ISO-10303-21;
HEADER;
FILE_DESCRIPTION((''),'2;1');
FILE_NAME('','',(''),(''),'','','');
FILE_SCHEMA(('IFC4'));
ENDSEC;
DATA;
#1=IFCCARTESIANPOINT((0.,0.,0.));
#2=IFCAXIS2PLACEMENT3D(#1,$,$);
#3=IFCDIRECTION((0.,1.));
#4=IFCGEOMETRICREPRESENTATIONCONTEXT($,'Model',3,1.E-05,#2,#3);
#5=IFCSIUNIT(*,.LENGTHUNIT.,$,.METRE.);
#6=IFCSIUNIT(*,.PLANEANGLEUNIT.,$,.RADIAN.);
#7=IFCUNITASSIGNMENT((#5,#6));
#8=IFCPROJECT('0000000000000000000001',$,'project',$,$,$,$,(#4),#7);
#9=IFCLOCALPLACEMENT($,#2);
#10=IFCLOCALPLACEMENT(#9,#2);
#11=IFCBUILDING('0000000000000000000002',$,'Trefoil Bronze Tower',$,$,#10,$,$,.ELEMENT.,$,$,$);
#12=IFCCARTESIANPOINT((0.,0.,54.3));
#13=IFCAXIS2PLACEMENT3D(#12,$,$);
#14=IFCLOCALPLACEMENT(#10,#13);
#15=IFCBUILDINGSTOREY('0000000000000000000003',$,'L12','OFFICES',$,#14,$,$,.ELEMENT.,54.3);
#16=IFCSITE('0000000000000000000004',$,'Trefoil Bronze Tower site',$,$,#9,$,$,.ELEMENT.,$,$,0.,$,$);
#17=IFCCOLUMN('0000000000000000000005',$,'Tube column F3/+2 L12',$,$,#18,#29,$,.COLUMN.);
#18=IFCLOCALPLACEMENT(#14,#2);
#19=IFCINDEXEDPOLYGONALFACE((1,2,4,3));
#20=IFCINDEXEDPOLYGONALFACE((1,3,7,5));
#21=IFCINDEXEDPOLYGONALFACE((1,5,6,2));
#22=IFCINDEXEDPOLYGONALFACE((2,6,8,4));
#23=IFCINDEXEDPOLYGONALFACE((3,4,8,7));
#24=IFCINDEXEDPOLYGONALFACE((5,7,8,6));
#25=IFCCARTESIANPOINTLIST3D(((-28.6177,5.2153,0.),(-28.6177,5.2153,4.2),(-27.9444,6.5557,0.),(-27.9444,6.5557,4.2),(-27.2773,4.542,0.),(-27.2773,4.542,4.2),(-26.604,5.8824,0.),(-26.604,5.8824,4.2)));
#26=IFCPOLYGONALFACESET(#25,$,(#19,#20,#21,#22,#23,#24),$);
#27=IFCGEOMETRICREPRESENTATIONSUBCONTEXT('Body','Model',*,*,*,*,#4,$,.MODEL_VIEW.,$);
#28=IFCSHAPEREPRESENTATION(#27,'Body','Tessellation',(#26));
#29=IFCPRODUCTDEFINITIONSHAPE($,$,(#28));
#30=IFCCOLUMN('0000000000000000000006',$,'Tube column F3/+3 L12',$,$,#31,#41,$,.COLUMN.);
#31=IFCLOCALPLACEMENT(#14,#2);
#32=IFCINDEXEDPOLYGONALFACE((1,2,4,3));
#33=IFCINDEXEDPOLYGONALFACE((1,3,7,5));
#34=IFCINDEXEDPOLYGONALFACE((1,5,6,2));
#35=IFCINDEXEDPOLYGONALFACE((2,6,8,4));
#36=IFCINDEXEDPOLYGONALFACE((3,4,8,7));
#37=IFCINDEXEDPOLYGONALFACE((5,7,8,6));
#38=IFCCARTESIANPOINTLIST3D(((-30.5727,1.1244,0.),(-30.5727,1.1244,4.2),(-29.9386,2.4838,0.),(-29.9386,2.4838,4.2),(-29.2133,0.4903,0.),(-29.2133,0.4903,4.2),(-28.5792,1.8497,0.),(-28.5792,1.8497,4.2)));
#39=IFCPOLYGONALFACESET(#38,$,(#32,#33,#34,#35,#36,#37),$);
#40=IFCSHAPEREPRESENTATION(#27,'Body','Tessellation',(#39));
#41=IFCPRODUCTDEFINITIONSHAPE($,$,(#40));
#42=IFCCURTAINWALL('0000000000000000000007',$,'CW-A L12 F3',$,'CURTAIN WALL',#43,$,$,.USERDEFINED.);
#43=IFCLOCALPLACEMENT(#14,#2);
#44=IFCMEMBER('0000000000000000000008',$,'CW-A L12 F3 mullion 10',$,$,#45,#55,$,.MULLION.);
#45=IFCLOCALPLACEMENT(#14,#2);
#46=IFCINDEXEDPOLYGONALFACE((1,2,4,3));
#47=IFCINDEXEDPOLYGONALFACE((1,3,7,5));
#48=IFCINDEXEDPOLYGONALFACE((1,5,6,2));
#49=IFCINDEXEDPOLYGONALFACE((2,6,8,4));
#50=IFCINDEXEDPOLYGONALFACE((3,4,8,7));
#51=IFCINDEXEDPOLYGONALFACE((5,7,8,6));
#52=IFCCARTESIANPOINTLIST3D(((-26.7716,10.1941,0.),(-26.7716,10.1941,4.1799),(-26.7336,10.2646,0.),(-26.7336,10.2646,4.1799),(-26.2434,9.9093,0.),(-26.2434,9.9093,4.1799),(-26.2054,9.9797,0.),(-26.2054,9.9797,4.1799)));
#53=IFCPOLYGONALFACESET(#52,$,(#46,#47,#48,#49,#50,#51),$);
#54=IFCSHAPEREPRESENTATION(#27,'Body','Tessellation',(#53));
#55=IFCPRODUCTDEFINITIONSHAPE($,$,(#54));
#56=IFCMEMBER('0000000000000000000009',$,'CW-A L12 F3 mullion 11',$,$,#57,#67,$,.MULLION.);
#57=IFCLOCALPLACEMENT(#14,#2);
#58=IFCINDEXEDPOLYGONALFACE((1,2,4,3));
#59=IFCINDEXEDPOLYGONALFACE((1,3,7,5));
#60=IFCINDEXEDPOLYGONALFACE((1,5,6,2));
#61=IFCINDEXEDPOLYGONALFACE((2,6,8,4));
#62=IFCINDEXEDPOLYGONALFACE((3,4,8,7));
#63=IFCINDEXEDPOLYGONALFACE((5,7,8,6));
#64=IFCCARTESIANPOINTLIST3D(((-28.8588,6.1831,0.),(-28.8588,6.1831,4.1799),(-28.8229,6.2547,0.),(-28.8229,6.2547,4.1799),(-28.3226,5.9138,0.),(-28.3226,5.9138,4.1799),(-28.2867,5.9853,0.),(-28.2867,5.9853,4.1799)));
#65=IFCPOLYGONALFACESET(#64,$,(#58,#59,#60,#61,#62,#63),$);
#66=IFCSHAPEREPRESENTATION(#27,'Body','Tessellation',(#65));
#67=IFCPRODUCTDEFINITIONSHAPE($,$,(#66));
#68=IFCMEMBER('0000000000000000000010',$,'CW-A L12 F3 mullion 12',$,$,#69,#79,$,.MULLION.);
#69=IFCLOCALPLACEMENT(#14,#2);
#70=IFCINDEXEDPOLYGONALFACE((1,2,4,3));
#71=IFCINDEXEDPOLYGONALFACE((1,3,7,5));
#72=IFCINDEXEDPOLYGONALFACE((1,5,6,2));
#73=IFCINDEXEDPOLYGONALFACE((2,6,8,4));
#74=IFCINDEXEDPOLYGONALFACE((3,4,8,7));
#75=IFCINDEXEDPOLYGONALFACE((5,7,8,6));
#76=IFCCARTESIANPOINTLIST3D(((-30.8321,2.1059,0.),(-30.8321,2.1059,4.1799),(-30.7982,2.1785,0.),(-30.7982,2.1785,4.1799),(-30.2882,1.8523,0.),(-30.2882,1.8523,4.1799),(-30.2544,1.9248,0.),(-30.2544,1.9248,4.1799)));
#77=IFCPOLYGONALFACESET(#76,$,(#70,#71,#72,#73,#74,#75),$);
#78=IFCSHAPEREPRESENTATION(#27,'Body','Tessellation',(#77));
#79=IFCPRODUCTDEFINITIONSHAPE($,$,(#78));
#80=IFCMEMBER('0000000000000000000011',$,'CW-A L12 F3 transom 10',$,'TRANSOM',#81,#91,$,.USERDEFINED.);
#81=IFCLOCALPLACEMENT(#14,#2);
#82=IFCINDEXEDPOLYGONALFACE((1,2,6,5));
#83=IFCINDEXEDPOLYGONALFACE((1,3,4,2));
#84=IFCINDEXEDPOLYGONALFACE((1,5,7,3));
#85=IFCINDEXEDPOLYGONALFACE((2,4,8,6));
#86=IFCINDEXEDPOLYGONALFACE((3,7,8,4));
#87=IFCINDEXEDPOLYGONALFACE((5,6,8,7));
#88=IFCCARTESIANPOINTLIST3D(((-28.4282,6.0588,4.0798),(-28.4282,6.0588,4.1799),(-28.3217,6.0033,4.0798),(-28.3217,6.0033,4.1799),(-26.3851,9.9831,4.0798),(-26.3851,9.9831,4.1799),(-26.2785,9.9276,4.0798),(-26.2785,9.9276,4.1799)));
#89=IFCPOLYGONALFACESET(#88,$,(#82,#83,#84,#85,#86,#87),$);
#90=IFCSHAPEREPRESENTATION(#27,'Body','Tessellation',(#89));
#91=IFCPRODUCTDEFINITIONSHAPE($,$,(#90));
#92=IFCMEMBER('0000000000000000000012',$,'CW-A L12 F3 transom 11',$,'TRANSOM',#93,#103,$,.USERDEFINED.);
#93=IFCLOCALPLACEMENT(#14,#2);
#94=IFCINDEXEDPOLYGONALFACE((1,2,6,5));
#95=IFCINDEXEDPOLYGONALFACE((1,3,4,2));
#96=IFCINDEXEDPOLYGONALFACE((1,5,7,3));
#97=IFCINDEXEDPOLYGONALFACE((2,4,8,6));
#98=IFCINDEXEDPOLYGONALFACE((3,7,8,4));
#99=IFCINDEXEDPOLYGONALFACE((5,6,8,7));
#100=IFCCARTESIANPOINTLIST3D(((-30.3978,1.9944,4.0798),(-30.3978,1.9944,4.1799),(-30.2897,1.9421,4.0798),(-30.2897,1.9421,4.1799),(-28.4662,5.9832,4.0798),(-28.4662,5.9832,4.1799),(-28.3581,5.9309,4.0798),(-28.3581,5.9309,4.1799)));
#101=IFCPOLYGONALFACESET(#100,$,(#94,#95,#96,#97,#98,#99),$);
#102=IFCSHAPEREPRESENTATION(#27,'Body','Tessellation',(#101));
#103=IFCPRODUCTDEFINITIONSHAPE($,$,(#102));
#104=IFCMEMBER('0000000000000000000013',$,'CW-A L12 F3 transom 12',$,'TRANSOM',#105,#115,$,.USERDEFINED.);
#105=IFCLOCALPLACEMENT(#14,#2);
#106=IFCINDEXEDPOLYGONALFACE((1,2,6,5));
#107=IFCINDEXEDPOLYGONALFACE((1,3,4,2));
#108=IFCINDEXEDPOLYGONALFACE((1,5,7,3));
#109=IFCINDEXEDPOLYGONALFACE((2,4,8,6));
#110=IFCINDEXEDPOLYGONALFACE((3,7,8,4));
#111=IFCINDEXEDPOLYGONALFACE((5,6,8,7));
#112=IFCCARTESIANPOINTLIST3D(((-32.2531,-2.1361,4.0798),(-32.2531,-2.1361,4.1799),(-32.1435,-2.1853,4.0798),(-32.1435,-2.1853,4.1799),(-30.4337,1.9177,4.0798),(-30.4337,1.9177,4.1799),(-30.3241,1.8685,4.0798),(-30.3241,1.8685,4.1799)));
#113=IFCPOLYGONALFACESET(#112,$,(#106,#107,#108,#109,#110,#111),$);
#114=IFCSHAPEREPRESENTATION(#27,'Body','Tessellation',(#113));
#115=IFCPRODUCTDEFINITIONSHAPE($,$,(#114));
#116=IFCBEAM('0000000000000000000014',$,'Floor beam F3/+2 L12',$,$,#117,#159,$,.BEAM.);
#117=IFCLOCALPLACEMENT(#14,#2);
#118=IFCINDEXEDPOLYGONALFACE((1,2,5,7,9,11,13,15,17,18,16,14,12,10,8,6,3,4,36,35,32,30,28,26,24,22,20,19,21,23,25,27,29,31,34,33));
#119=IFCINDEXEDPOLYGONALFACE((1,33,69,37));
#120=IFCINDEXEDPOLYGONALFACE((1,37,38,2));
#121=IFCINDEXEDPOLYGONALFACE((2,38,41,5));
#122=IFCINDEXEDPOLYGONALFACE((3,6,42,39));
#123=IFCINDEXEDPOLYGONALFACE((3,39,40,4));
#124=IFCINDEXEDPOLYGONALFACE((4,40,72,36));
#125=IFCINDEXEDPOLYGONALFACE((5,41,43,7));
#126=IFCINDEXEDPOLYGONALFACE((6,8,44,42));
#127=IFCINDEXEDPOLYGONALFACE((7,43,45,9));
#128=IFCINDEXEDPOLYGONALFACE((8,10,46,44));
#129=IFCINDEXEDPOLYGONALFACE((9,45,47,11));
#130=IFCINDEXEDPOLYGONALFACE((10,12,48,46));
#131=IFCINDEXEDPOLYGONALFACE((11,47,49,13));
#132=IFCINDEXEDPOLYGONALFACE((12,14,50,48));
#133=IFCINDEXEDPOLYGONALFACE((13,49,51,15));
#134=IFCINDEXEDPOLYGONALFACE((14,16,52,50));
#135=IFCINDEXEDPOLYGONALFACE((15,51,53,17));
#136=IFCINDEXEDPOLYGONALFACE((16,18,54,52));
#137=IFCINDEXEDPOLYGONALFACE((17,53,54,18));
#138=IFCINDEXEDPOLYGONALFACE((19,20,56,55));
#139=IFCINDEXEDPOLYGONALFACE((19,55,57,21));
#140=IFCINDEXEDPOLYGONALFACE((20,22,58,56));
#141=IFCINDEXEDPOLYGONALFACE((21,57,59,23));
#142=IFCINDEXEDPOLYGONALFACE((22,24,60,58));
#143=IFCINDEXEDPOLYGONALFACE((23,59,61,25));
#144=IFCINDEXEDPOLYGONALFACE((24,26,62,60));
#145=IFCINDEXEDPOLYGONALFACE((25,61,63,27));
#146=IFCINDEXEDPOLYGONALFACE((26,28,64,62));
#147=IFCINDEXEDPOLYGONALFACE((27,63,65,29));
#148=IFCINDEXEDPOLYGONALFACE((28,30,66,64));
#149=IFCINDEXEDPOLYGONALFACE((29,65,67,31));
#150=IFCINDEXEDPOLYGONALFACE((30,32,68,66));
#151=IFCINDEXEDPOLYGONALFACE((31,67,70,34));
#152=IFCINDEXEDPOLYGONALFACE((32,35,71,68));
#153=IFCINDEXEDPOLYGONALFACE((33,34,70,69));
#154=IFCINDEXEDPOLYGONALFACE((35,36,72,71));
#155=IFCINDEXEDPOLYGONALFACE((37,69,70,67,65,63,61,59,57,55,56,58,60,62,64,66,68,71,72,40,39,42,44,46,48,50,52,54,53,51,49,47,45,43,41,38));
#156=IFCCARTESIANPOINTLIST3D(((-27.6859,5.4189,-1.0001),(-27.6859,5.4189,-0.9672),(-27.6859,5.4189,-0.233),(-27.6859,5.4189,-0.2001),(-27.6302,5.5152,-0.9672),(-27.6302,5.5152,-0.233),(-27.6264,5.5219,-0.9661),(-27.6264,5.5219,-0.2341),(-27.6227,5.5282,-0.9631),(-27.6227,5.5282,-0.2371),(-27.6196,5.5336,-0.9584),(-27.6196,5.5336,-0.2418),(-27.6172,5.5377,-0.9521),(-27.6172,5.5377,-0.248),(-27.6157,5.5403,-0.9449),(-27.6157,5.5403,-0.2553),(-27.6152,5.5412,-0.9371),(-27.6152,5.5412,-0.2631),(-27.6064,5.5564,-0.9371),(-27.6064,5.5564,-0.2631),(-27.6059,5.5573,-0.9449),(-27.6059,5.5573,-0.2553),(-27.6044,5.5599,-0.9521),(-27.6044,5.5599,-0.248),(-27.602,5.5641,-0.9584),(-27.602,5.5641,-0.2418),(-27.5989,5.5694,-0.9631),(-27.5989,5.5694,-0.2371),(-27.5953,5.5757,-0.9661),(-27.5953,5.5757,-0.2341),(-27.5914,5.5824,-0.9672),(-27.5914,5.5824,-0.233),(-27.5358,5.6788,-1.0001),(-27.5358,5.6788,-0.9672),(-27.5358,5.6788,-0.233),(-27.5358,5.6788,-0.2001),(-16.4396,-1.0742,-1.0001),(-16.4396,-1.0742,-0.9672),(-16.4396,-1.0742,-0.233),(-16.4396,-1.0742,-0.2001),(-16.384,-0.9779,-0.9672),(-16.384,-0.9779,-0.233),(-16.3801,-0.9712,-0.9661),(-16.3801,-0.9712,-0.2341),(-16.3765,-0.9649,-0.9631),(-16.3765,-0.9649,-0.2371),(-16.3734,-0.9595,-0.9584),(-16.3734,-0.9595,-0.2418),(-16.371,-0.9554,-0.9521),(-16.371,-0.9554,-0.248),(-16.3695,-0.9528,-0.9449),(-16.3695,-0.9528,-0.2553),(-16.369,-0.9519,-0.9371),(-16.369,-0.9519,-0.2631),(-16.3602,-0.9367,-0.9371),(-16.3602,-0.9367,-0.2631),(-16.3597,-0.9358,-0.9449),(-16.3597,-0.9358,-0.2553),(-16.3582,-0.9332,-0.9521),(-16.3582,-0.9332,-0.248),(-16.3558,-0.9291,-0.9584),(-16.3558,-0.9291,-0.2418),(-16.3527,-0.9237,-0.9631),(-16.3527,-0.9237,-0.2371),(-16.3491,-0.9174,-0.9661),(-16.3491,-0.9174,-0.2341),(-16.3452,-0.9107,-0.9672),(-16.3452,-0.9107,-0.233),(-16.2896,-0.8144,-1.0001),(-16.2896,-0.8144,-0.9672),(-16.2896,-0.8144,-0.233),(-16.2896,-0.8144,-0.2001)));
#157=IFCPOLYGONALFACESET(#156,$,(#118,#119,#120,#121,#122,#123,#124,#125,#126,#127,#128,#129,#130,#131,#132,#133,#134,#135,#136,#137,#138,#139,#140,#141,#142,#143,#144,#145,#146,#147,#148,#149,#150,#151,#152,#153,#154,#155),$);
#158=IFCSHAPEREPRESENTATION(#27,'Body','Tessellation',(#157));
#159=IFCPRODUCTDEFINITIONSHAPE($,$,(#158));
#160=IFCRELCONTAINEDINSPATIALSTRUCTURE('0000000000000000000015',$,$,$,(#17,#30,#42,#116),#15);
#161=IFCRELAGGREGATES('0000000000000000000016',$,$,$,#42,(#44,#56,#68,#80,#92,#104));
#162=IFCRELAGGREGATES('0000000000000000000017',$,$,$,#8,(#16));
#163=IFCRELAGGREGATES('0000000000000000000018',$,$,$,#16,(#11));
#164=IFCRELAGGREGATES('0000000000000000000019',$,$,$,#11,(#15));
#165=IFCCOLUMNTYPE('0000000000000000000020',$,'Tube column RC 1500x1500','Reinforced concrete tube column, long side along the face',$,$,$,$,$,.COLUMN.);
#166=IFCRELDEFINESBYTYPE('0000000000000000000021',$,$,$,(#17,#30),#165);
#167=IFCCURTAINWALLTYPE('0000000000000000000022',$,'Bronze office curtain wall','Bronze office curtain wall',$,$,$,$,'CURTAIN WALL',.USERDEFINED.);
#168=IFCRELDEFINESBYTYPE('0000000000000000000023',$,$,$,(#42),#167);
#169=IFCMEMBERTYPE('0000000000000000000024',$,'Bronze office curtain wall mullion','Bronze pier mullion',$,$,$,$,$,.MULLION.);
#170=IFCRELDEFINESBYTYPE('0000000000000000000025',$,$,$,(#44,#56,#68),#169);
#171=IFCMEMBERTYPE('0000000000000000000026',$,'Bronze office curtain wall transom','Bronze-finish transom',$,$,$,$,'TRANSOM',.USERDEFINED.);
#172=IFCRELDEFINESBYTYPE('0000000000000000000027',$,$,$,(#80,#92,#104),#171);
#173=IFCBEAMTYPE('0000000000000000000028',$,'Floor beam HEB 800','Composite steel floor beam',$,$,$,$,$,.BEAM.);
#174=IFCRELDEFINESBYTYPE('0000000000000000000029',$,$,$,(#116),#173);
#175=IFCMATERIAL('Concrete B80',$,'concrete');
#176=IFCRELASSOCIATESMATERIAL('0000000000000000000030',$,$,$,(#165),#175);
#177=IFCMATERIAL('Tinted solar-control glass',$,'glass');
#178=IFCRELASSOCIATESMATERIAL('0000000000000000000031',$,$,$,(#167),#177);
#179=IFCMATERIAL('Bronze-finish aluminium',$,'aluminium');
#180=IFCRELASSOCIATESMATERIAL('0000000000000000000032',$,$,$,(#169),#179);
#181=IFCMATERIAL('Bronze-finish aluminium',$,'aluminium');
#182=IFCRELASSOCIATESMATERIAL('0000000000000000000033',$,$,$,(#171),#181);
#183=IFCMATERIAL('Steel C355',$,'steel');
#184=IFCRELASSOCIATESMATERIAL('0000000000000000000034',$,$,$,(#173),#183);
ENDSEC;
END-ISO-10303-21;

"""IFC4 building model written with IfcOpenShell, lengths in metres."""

from ifc_helpers import new_model, si_unit, direction, frame, origin, origin_2d, place, context, subcontext, project, spatial, rectangle, i_section, extrude, material, material_profile, profile_set, type_object, element, aggregate, save


model = new_model("IFC4")

# Units and contexts
model_context = context("Model", 3, precision=1e-05, world=origin(), true_north=direction((0.0, 1.0)))
body_context = subcontext(model_context, "Body", "Model", "MODEL_VIEW")
ifc_project = project(units=[si_unit("LENGTHUNIT", "METRE"), si_unit("PLANEANGLEUNIT", "RADIAN")], contexts=[model_context])

# Site, building, storey
site_placement = place(None, origin())
site = spatial("IfcSite", under=ifc_project, at=site_placement, Name="Trefoil Bronze Tower site", CompositionType="ELEMENT", RefElevation=0.0)
building_placement = place(site_placement, origin())
building = spatial("IfcBuilding", under=site, at=building_placement, Name="Trefoil Bronze Tower", CompositionType="ELEMENT")
storey_placement = place(building_placement, frame((0.0, 0.0, 54.3)))
storey = spatial("IfcBuildingStorey", under=building, at=storey_placement, Name="L12", Description="OFFICES", CompositionType="ELEMENT", Elevation=54.3)

# Columns
ifc_material_1 = material(Name="Concrete B80", Category="concrete")
ifc_material_profile_1 = material_profile(ifc_material_1, rectangle(XDim=1.5, YDim=1.5, at=origin_2d()), Name="RC 1500x1500")
ifc_profile_set_1 = profile_set([ifc_material_profile_1], Name="Concrete B80")
column_type = type_object("IfcColumnType", Name="Tube column RC 1500x1500", Description="Reinforced concrete tube column, long side along the face", PredefinedType="COLUMN", material=ifc_profile_set_1)
for number, where, z_axis, x_axis, name in (
    (1, (-27.6108, 5.5488, 0.0), (0.0, 0.0, 1.0), (-0.44889, -0.893587, 0.0), "Tube column F3/+2 L12"),
    (2, (-29.5759, 1.4871, 0.0), (0.0, 0.0, 1.0), (-0.422701, -0.906269, 0.0), "Tube column F3/+3 L12"),
):
    element("IfcColumn", number, at=place(storey_placement, frame(where, z_axis=z_axis, x_axis=x_axis)), inside=storey, type_object=column_type, Name=name, PredefinedType="COLUMN", context=body_context, shape_type="SweptSolid", body=[
        extrude(rectangle(XDim=1.5, YDim=1.5, at=origin_2d()), origin(), (0.0, 0.0, 1.0), 4.2),
    ])

# Curtain wall, members
ifc_material_2 = material(Name="Tinted solar-control glass", Category="glass")
curtain_wall_type = type_object("IfcCurtainWallType", Name="Bronze office curtain wall", Description="Bronze office curtain wall", ElementType="CURTAIN WALL", PredefinedType="USERDEFINED", material=ifc_material_2)
curtain_wall_placement = place(storey_placement, origin())
curtain_wall = element("IfcCurtainWall", 3, at=curtain_wall_placement, inside=storey, type_object=curtain_wall_type, Name="CW-A L12 F3", ObjectType="CURTAIN WALL", PredefinedType="USERDEFINED")
ifc_material_3 = material(Name="Bronze-finish aluminium", Category="aluminium")
ifc_material_profile_2 = material_profile(ifc_material_3, rectangle(XDim=0.6001, YDim=0.0801, at=origin_2d()), Name="CW-A mullion")
ifc_profile_set_2 = profile_set([ifc_material_profile_2], Name="Bronze-finish aluminium")
member_type_1 = type_object("IfcMemberType", Name="Bronze office curtain wall mullion", Description="Bronze pier mullion", PredefinedType="MULLION", material=ifc_profile_set_2)
member_1_placement = place(storey_placement, frame((-26.4885, 10.0869, 0.0), z_axis=(0.0, 0.0, 1.0), x_axis=(0.880171, -0.474656, 0.0)))
member_1 = element("IfcMember", 4, at=member_1_placement, type_object=member_type_1, Name="CW-A L12 F3 mullion 10", PredefinedType="MULLION", context=body_context, shape_type="SweptSolid", body=[
    extrude(rectangle(XDim=0.6001, YDim=0.0801, at=origin_2d()), origin(), (0.0, 0.0, 1.0), 4.1799),
])
member_2_placement = place(storey_placement, frame((-28.5728, 6.0842, 0.0), z_axis=(0.0, 0.0, 1.0), x_axis=(0.893587, -0.44889, 0.0)))
member_2 = element("IfcMember", 5, at=member_2_placement, type_object=member_type_1, Name="CW-A L12 F3 mullion 11", PredefinedType="MULLION", context=body_context, shape_type="SweptSolid", body=[
    extrude(rectangle(XDim=0.6001, YDim=0.0801, at=origin_2d()), origin(), (0.0, 0.0, 1.0), 4.1799),
])
member_3_placement = place(storey_placement, frame((-30.5432, 2.0154, 0.0), z_axis=(0.0, 0.0, 1.0), x_axis=(0.906269, -0.422701, 0.0)))
member_3 = element("IfcMember", 6, at=member_3_placement, type_object=member_type_1, Name="CW-A L12 F3 mullion 12", PredefinedType="MULLION", context=body_context, shape_type="SweptSolid", body=[
    extrude(rectangle(XDim=0.6001, YDim=0.0801, at=origin_2d()), origin(), (0.0, 0.0, 1.0), 4.1799),
])
ifc_material_4 = material(Name="Bronze-finish aluminium", Category="aluminium")
ifc_material_profile_3 = material_profile(ifc_material_4, rectangle(XDim=0.1201, YDim=0.1001, at=origin_2d()), Name="CW-A transom")
ifc_profile_set_3 = profile_set([ifc_material_profile_3], Name="Bronze-finish aluminium")
member_type_2 = type_object("IfcMemberType", Name="Bronze office curtain wall transom", Description="Bronze-finish transom", ElementType="TRANSOM", PredefinedType="USERDEFINED", material=ifc_profile_set_3)
member_4_placement = place(storey_placement, frame((-26.3318, 9.9553, 4.1299), z_axis=(-0.46181, -0.886979, 0.0), x_axis=(0.886979, -0.46181, 0.0)))
member_4 = element("IfcMember", 7, at=member_4_placement, type_object=member_type_2, Name="CW-A L12 F3 transom 10", ObjectType="TRANSOM", PredefinedType="USERDEFINED", context=body_context, shape_type="SweptSolid", body=[
    extrude(rectangle(XDim=0.1201, YDim=0.1001, at=origin_2d()), origin(), (0.0, 0.0, 1.0), 4.4243),
])
member_5_placement = place(storey_placement, frame((-28.4121, 5.957, 4.1299), z_axis=(-0.435852, -0.900018, 0.0), x_axis=(0.900018, -0.435852, 0.0)))
member_5 = element("IfcMember", 8, at=member_5_placement, type_object=member_type_2, Name="CW-A L12 F3 transom 11", ObjectType="TRANSOM", PredefinedType="USERDEFINED", context=body_context, shape_type="SweptSolid", body=[
    extrude(rectangle(XDim=0.1201, YDim=0.1001, at=origin_2d()), origin(), (0.0, 0.0, 1.0), 4.4319),
])
member_6_placement = place(storey_placement, frame((-30.3789, 1.8931, 4.1299), z_axis=(-0.40946, -0.912328, 0.0), x_axis=(0.912328, -0.40946, 0.0)))
member_6 = element("IfcMember", 9, at=member_6_placement, type_object=member_type_2, Name="CW-A L12 F3 transom 12", ObjectType="TRANSOM", PredefinedType="USERDEFINED", context=body_context, shape_type="SweptSolid", body=[
    extrude(rectangle(XDim=0.1201, YDim=0.1001, at=origin_2d()), origin(), (0.0, 0.0, 1.0), 4.4434),
])

# Beam
ifc_material_5 = material(Name="Steel C355", Category="steel")
ifc_material_profile_4 = material_profile(ifc_material_5, i_section(OverallWidth=0.3, OverallDepth=0.8, WebThickness=0.0176, FlangeThickness=0.033, FilletRadius=0.03, at=origin_2d()), Name="HEB 800")
ifc_profile_set_4 = profile_set([ifc_material_profile_4], Name="Steel C355")
beam_type_1 = type_object("IfcBeamType", Name="Floor beam HEB 800", Description="Composite steel floor beam", PredefinedType="BEAM", material=ifc_profile_set_4)
beam_1_placement = place(storey_placement, frame((-27.6108, 5.5488, -0.6001), z_axis=(0.866022, -0.500005, 0.0), x_axis=(0.500005, 0.866022, 0.0)))
element("IfcBeam", 10, at=beam_1_placement, inside=storey, type_object=beam_type_1, Name="Floor beam F3/+2 L12", PredefinedType="BEAM", context=body_context, shape_type="SweptSolid", body=[
    extrude(i_section(OverallWidth=0.3, OverallDepth=0.8, WebThickness=0.0176, FlangeThickness=0.033, FilletRadius=0.03, at=origin_2d()), origin(), (0.0, 0.0, 1.0), 12.9861),
])

aggregate(curtain_wall, [member_1, member_2, member_3, member_4, member_5, member_6])

save(model, "model.ifc")
